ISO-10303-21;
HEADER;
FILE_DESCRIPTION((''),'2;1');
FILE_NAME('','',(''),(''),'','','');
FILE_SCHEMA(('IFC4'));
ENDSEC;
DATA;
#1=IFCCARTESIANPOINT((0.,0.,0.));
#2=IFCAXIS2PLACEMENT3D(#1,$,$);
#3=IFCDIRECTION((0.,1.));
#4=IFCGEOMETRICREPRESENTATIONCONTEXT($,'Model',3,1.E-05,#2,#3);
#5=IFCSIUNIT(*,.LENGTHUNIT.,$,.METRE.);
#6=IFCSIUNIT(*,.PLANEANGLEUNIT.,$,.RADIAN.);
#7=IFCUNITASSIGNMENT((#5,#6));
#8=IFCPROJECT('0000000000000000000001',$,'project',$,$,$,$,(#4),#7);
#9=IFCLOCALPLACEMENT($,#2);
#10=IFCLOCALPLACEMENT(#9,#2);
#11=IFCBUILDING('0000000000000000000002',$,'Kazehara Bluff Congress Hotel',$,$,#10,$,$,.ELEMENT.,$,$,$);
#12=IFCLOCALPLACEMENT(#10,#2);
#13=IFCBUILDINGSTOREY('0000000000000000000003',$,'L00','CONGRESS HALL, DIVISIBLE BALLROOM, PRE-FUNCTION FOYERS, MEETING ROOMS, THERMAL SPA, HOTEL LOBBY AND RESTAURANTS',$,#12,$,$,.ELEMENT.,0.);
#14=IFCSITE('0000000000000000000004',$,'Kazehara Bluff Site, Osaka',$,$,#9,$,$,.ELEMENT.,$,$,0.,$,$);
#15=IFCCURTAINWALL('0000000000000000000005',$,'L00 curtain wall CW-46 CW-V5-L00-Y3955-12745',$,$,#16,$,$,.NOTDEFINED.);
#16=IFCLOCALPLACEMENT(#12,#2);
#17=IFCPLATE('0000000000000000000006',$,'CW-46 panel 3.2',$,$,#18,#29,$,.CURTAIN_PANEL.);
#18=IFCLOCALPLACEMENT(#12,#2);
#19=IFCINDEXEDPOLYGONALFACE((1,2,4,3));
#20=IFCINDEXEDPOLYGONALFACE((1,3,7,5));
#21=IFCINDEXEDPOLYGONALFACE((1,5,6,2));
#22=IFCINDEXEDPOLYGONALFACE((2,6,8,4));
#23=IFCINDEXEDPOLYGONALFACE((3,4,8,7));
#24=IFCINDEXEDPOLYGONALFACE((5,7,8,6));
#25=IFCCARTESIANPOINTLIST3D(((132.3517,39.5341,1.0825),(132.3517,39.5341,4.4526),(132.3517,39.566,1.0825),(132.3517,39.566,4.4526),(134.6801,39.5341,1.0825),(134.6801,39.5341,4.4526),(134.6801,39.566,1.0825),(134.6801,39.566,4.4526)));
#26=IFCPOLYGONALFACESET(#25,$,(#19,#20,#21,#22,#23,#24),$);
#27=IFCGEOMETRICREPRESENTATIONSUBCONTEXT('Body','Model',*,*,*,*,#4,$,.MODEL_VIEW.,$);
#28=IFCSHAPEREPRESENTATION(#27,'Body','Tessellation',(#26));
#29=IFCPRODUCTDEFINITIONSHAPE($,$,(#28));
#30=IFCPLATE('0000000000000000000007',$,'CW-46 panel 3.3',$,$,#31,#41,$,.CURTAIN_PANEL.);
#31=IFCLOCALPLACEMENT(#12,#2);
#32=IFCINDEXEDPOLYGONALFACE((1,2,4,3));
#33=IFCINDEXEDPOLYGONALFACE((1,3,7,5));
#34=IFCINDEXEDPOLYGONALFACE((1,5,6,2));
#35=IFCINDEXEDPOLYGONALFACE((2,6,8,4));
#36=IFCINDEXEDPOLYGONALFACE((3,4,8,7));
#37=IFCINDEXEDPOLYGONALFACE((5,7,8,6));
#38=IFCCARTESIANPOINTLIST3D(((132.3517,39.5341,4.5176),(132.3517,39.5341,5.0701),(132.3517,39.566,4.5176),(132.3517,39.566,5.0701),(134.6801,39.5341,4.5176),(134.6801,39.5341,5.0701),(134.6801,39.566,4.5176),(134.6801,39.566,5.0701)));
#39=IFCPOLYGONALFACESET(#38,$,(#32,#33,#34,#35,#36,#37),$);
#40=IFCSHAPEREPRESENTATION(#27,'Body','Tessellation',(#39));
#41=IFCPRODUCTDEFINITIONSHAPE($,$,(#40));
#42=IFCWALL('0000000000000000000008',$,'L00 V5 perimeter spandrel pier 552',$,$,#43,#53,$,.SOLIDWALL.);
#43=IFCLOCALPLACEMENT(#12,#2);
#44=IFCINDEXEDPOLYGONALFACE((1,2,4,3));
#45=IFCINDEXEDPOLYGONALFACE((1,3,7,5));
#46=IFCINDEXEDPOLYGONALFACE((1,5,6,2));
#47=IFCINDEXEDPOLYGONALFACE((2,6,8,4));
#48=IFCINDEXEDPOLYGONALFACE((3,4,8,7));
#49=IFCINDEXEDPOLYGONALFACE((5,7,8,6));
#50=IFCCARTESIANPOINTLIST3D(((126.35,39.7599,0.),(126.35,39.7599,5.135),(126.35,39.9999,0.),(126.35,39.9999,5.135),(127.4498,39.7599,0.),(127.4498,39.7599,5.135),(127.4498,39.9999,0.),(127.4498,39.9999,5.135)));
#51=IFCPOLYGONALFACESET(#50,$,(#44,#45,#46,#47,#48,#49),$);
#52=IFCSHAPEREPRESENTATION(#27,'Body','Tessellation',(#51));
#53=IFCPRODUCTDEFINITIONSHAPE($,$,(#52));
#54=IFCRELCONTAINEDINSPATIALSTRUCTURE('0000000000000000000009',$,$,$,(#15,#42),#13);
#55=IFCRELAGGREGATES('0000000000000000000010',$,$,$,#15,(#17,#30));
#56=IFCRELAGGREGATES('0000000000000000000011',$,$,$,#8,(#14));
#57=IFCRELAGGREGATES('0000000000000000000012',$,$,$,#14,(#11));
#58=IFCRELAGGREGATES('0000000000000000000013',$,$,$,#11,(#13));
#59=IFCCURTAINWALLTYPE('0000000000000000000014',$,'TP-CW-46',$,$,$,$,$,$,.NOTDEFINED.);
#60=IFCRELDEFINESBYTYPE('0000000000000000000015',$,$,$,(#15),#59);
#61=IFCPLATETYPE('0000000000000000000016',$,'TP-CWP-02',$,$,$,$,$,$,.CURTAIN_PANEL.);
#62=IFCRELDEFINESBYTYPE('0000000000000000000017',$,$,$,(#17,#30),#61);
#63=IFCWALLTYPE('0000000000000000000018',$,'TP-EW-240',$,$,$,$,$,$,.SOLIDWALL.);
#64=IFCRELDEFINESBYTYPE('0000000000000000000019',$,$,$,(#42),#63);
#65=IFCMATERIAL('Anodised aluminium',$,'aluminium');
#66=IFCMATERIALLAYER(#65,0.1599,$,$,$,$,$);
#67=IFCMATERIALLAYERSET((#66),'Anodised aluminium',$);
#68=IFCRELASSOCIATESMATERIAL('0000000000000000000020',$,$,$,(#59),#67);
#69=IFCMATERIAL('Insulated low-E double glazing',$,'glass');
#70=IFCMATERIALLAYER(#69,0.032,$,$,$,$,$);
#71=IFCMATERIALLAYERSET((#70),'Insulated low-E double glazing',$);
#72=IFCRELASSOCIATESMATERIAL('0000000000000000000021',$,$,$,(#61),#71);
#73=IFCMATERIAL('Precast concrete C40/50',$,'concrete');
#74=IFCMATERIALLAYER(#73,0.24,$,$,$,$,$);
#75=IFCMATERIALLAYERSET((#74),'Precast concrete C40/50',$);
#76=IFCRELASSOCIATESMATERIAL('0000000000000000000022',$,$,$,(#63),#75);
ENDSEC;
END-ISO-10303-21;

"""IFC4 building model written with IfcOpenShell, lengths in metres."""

from ifc_helpers import new_model, si_unit, direction, frame, frame_2d, origin, origin_2d, place, context, subcontext, project, spatial, rectangle, extrude, material, layer, layer_set, type_object, element, aggregate, save


model = new_model("IFC4")

# Units and contexts
model_context = context("Model", 3, precision=1e-05, world=origin(), true_north=direction((0.0, 1.0)))
body_context = subcontext(model_context, "Body", "Model", "MODEL_VIEW")
ifc_project = project(units=[si_unit("LENGTHUNIT", "METRE"), si_unit("PLANEANGLEUNIT", "RADIAN")], contexts=[model_context])

# Site, building, storey
site_placement = place(None, origin())
site = spatial("IfcSite", under=ifc_project, at=site_placement, Name="Kazehara Bluff Site, Osaka", CompositionType="ELEMENT", RefElevation=0.0)
building_placement = place(site_placement, origin())
building = spatial("IfcBuilding", under=site, at=building_placement, Name="Kazehara Bluff Congress Hotel", CompositionType="ELEMENT")
storey_placement = place(building_placement, origin())
storey = spatial("IfcBuildingStorey", under=building, at=storey_placement, Name="L00", Description="CONGRESS HALL, DIVISIBLE BALLROOM, PRE-FUNCTION FOYERS, MEETING ROOMS, THERMAL SPA, HOTEL LOBBY AND RESTAURANTS", CompositionType="ELEMENT", Elevation=0.0)

# Shared definitions
ifc_material_1 = material(Name="Anodised aluminium", Category="aluminium")
ifc_layer_1 = layer(ifc_material_1, 0.1599)
ifc_layer_set_1 = layer_set([ifc_layer_1], Name="Anodised aluminium")
curtain_wall_type = type_object("IfcCurtainWallType", Name="TP-CW-46", PredefinedType="NOTDEFINED", material=ifc_layer_set_1)

# Curtain wall
curtain_wall_1_placement = place(storey_placement, origin())
curtain_wall_1 = element("IfcCurtainWall", 1, at=curtain_wall_1_placement, inside=storey, type_object=curtain_wall_type, Name="L00 curtain wall CW-46 CW-V5-L00-Y3955-12745", PredefinedType="NOTDEFINED")

# Plates
ifc_material_2 = material(Name="Insulated low-E double glazing", Category="glass")
ifc_layer_2 = layer(ifc_material_2, 0.032)
ifc_layer_set_2 = layer_set([ifc_layer_2], Name="Insulated low-E double glazing")
plate_type = type_object("IfcPlateType", Name="TP-CWP-02", PredefinedType="CURTAIN_PANEL", material=ifc_layer_set_2)
plate_1_placement = place(storey_placement, frame((133.5159, 39.55, 1.0825), z_axis=(0.0, 0.0, 1.0), x_axis=(1.0, 0.0, 0.0)))
plate_1 = element("IfcPlate", 2, at=plate_1_placement, type_object=plate_type, Name="CW-46 panel 3.2", PredefinedType="CURTAIN_PANEL", context=body_context, shape_type="SweptSolid", body=[
    extrude(rectangle(XDim=2.3284, YDim=0.032, at=origin_2d()), origin(), (0.0, 0.0, 1.0), 3.3701),
])
plate_2_placement = place(storey_placement, frame((133.5159, 39.55, 4.5176), z_axis=(0.0, 0.0, 1.0), x_axis=(1.0, 0.0, 0.0)))
plate_2 = element("IfcPlate", 3, at=plate_2_placement, type_object=plate_type, Name="CW-46 panel 3.3", PredefinedType="CURTAIN_PANEL", context=body_context, shape_type="SweptSolid", body=[
    extrude(rectangle(XDim=2.3284, YDim=0.032, at=origin_2d()), origin(), (0.0, 0.0, 1.0), 0.5525),
])
aggregate(curtain_wall_1, [plate_1, plate_2])

# Wall
ifc_material_3 = material(Name="Precast concrete C40/50", Category="concrete")
ifc_layer_3 = layer(ifc_material_3, 0.24)
ifc_layer_set_3 = layer_set([ifc_layer_3], Name="Precast concrete C40/50")
wall_type = type_object("IfcWallType", Name="TP-EW-240", PredefinedType="SOLIDWALL", material=ifc_layer_set_3)
wall_placement = place(storey_placement, frame((126.3501, 39.8799, 0.0), z_axis=(0.0, 0.0, 1.0), x_axis=(1.0, 0.0, 0.0)))
element("IfcWall", 4, at=wall_placement, inside=storey, type_object=wall_type, Name="L00 V5 perimeter spandrel pier 552", PredefinedType="SOLIDWALL", context=body_context, shape_type="SweptSolid", body=[
    extrude(rectangle(XDim=1.0999, YDim=0.24, at=frame_2d((0.5498, 0.0))), origin(), (0.0, 0.0, 1.0), 5.135),
])

save(model, "model.ifc")
